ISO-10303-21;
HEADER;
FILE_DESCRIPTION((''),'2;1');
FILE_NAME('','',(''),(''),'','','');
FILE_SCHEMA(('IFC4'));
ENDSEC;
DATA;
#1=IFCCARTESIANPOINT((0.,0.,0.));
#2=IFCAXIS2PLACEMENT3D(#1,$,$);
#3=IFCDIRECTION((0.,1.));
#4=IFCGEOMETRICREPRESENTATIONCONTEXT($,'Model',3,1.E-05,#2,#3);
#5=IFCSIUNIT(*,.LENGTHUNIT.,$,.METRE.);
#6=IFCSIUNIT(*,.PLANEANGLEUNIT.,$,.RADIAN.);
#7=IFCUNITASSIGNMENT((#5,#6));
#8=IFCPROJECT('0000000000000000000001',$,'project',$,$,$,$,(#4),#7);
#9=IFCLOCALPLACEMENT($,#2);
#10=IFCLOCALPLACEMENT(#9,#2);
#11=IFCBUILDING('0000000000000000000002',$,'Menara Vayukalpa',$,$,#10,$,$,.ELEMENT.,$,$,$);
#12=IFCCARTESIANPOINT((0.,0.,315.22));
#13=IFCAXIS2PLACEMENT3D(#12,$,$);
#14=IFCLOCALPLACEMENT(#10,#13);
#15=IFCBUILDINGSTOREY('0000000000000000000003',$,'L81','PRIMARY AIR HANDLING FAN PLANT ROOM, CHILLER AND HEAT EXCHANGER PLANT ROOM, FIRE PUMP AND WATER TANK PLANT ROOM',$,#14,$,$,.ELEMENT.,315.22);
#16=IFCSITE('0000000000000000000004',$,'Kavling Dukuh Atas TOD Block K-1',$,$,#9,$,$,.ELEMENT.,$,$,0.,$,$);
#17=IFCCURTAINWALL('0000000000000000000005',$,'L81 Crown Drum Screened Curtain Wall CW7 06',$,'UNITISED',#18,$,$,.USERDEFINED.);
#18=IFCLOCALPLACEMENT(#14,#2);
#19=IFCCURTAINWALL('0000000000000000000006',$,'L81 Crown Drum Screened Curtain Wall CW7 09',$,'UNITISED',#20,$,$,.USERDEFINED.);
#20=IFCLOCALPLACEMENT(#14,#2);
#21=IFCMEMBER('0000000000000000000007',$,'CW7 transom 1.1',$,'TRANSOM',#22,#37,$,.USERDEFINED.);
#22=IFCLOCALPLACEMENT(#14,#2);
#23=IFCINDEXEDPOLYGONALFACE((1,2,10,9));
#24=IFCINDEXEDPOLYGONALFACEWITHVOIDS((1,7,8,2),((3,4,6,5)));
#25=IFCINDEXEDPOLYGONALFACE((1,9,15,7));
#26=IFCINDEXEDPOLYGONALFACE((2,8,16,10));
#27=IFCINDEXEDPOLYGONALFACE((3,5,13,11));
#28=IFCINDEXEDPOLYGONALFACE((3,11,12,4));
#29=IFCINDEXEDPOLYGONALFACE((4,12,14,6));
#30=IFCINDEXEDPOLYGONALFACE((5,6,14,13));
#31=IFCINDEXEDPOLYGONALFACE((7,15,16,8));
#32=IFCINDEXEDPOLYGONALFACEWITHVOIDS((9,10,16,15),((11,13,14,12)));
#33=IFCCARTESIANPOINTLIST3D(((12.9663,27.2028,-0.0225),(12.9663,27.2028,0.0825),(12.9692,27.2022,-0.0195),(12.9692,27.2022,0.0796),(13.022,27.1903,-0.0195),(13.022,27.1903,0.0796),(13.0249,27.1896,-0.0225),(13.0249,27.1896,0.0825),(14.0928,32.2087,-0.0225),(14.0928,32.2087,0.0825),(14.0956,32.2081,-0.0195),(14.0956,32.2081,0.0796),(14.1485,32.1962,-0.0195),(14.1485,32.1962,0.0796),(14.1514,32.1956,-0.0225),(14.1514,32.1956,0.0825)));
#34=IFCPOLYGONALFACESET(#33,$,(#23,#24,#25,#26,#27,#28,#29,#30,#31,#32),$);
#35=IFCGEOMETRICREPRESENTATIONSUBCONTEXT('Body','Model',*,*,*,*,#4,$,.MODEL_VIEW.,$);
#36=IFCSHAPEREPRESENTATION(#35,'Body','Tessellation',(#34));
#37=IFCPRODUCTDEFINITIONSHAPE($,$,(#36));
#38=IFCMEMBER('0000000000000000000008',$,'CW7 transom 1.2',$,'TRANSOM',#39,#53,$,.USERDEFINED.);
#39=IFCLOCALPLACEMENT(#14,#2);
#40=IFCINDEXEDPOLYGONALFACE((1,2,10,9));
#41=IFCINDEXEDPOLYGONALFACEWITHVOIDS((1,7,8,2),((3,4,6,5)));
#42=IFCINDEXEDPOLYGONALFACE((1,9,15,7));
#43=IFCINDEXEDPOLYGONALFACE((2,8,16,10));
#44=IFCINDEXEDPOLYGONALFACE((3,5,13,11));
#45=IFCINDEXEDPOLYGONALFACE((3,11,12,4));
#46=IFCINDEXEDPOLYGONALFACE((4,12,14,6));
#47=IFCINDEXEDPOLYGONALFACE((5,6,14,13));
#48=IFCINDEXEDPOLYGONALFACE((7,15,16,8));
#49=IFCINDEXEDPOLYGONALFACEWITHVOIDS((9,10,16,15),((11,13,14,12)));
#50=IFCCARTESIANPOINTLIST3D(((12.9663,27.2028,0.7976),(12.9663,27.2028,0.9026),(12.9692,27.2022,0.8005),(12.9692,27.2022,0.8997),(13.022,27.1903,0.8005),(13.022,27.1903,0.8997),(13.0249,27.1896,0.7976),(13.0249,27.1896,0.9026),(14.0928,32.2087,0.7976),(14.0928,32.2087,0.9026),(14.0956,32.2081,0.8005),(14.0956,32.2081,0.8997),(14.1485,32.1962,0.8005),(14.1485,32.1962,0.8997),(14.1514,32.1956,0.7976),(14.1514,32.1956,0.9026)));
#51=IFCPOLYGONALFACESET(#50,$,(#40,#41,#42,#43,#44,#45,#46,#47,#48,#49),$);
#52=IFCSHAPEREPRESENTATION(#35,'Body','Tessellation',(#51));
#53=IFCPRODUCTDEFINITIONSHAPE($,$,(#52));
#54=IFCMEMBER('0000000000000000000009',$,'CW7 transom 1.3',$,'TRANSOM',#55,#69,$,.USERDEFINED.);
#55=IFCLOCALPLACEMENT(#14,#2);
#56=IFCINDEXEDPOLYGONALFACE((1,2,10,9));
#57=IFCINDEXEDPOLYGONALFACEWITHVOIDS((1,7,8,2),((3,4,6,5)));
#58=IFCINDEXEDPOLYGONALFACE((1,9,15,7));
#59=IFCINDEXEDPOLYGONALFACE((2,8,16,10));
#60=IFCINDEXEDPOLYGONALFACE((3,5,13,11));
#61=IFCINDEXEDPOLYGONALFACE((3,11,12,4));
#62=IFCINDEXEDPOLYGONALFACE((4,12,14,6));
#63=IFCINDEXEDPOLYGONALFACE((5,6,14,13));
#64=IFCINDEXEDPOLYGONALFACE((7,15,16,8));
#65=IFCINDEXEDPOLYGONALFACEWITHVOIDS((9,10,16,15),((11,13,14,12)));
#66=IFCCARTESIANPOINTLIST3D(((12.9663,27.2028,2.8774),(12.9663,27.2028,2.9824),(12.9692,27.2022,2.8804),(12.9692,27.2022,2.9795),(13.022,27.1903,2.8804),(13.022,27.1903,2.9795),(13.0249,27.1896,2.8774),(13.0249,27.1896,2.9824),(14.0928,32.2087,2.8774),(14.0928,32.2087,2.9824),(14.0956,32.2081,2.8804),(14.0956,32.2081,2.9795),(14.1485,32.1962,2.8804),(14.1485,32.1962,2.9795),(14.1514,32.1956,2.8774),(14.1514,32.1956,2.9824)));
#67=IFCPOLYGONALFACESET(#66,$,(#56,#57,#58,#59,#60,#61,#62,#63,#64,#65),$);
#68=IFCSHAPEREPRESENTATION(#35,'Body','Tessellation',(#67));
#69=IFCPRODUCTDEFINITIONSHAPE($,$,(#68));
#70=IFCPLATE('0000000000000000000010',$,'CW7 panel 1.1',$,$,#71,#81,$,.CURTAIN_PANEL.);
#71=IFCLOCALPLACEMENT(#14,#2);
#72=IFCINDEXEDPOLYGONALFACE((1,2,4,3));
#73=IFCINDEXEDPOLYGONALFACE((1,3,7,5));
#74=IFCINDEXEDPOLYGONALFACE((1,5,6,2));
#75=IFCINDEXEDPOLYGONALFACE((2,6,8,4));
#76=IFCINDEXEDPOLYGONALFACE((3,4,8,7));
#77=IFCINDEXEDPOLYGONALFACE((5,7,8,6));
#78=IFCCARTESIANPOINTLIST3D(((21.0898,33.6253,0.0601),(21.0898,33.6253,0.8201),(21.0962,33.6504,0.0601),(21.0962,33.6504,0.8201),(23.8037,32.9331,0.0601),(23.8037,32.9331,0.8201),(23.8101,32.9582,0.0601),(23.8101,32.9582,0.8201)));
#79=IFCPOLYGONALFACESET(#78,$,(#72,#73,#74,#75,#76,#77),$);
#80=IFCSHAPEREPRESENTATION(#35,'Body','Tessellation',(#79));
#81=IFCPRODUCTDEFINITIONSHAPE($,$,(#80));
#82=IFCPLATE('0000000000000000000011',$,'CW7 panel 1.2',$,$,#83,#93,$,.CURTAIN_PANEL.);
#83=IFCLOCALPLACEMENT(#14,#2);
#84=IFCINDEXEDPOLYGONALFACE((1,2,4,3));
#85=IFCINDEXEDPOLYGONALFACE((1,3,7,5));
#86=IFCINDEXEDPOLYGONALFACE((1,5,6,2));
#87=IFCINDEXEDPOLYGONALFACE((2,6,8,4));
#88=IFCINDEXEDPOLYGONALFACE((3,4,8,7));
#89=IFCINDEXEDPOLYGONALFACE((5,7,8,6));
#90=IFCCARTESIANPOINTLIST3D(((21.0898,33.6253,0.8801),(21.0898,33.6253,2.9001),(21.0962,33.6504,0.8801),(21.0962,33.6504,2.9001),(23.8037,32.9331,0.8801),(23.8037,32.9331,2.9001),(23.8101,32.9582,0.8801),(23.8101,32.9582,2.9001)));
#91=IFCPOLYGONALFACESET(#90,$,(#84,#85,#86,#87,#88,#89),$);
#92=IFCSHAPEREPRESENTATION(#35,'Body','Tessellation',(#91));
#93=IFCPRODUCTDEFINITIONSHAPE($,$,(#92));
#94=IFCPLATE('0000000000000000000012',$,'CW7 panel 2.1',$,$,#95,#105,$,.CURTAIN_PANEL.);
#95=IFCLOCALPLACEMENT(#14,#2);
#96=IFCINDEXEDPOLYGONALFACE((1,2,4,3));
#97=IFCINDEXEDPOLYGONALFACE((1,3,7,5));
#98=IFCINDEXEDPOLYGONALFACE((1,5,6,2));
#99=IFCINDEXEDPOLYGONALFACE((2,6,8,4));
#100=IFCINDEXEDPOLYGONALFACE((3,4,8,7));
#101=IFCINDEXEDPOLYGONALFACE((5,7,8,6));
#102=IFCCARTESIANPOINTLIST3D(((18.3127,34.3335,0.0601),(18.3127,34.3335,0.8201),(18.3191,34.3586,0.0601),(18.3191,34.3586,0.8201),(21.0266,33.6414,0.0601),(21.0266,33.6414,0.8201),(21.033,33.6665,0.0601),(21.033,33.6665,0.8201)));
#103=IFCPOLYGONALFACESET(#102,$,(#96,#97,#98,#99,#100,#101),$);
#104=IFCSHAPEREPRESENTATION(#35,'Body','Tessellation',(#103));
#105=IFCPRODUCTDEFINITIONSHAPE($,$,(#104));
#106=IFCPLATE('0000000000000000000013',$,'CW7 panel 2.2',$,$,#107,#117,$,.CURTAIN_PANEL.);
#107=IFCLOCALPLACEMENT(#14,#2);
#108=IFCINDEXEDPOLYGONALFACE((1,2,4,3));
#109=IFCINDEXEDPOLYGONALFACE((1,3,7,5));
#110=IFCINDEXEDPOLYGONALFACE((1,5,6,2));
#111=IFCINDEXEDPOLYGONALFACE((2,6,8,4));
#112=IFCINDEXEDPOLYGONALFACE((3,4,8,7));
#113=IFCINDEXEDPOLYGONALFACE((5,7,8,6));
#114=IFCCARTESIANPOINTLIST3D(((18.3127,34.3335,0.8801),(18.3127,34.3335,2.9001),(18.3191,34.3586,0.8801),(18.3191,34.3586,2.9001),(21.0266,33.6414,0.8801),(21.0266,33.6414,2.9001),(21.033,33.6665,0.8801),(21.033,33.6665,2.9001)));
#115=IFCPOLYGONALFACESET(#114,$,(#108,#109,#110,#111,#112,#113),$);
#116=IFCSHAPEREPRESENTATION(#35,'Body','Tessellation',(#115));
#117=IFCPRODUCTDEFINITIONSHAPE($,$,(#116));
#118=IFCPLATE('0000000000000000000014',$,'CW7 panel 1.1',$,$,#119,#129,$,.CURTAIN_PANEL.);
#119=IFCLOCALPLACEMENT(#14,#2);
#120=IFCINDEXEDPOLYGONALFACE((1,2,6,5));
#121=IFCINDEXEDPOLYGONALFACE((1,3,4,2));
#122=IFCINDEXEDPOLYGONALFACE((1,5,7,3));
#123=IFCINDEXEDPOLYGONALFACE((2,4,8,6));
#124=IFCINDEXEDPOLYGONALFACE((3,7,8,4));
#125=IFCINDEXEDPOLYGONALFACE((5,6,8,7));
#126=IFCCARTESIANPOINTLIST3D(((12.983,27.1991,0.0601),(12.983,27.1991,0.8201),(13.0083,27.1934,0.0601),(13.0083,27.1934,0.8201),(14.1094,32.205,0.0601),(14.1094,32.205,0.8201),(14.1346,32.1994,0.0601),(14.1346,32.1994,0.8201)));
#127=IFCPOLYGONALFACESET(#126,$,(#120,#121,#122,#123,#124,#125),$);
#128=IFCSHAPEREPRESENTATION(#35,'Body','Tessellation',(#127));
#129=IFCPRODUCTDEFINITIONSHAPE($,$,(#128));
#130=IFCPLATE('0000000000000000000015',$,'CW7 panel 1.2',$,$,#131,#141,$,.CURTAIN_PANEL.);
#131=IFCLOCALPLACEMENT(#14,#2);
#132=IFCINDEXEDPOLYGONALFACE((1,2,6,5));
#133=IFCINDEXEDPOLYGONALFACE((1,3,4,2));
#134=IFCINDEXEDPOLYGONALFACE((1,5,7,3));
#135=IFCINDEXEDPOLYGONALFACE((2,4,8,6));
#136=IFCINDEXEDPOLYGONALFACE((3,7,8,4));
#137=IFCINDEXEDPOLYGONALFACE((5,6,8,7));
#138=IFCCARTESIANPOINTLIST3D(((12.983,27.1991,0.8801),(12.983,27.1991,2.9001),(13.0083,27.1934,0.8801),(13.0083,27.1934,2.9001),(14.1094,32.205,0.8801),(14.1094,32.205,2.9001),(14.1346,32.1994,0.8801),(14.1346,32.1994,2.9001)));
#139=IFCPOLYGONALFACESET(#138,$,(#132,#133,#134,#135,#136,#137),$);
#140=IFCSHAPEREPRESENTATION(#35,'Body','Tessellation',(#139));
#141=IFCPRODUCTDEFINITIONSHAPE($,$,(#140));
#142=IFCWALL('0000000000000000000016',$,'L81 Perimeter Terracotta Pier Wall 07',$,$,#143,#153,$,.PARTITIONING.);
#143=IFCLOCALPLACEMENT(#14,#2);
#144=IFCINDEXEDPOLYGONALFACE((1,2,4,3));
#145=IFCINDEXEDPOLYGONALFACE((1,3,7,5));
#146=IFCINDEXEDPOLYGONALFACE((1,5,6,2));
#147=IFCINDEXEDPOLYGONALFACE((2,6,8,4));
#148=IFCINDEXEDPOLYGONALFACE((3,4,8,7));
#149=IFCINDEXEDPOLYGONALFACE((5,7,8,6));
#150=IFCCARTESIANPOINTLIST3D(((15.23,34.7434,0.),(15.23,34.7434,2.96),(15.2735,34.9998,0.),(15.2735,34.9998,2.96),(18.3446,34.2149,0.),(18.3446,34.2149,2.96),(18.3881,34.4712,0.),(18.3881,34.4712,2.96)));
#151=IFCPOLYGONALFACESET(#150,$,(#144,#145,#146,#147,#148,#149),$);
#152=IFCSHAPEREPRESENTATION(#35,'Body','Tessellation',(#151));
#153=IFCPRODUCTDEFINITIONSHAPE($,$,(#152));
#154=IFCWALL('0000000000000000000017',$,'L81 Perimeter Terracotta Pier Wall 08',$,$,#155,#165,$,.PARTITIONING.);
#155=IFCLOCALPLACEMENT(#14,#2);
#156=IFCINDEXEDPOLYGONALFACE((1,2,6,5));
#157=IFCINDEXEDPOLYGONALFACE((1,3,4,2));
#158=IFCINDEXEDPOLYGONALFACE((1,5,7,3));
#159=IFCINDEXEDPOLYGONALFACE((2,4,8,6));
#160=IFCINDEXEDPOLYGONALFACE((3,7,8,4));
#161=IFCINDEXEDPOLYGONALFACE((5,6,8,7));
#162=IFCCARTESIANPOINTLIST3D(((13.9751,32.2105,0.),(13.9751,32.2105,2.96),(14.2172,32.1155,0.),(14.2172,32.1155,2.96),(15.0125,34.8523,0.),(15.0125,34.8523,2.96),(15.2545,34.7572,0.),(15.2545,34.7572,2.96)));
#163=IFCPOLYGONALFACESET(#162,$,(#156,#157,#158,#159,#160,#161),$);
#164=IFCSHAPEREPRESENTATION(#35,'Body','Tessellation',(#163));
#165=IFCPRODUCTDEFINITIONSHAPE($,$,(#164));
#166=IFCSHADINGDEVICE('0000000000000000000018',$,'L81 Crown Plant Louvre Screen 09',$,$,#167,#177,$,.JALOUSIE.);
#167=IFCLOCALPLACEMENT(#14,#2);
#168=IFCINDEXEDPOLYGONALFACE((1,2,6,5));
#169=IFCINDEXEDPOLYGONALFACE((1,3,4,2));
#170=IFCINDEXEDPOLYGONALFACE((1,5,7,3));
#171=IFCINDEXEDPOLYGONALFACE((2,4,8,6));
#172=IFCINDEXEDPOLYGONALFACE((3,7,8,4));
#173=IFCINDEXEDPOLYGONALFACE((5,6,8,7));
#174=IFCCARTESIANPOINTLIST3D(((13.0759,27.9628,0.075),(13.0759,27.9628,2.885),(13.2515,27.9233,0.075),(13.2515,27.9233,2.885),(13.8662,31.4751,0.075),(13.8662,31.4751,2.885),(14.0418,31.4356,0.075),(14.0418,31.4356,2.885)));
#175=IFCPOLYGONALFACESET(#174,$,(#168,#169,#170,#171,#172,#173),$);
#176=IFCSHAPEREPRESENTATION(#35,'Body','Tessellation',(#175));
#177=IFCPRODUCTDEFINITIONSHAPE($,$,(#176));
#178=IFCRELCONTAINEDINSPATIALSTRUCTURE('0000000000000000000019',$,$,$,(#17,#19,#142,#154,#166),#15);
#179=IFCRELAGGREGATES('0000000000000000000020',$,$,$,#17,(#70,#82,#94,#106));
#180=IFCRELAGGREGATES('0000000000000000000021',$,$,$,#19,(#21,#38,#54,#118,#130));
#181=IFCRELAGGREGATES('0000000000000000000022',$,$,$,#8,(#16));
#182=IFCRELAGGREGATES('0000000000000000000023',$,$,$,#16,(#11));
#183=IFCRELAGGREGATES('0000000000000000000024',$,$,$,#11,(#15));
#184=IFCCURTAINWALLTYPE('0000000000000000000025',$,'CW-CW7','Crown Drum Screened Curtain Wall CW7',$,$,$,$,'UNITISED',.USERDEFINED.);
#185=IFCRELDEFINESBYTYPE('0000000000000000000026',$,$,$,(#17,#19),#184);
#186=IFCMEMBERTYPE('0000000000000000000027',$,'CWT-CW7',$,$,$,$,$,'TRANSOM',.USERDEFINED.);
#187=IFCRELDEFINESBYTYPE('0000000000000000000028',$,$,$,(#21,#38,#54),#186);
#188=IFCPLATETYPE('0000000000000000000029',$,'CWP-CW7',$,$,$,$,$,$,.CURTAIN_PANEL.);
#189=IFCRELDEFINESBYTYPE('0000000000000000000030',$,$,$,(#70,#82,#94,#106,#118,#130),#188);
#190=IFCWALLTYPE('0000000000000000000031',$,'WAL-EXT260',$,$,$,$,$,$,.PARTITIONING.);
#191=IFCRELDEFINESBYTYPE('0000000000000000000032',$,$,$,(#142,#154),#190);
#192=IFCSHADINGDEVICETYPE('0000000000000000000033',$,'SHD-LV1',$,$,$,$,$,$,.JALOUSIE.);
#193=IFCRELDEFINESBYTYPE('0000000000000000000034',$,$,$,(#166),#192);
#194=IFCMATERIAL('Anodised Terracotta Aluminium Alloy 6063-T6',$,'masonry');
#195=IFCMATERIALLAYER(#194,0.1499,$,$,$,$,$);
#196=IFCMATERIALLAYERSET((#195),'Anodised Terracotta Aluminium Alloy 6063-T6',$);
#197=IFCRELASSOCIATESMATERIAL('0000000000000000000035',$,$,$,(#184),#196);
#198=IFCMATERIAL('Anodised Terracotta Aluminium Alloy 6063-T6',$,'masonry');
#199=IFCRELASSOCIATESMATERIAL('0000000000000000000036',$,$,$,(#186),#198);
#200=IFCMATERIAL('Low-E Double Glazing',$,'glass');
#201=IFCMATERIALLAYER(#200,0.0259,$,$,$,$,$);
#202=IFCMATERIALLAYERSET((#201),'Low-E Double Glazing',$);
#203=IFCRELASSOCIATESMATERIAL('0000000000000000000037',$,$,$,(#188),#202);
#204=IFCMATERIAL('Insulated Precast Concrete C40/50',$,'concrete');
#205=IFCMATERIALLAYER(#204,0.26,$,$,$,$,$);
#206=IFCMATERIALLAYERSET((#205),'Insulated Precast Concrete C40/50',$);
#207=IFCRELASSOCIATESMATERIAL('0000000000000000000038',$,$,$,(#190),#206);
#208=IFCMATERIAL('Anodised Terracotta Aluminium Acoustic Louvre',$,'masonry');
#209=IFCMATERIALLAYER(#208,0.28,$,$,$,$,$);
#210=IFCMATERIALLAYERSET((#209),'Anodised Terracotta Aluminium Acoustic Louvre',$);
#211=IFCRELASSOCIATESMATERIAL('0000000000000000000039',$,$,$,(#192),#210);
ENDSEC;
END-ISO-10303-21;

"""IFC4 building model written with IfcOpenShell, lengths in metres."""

from ifc_helpers import new_model, si_unit, direction, frame, frame_2d, origin, origin_2d, place, context, subcontext, project, spatial, rectangle, hollow_rectangle, extrude, material, layer, layer_set, material_profile, profile_set, type_object, element, aggregate, save


model = new_model("IFC4")

# Units and contexts
model_context = context("Model", 3, precision=1e-05, world=origin(), true_north=direction((0.0, 1.0)))
body_context = subcontext(model_context, "Body", "Model", "MODEL_VIEW")
ifc_project = project(units=[si_unit("LENGTHUNIT", "METRE"), si_unit("PLANEANGLEUNIT", "RADIAN")], contexts=[model_context])

# Site, building, storey
site_placement = place(None, origin())
site = spatial("IfcSite", under=ifc_project, at=site_placement, Name="Kavling Dukuh Atas TOD Block K-1", CompositionType="ELEMENT", RefElevation=0.0)
building_placement = place(site_placement, origin())
building = spatial("IfcBuilding", under=site, at=building_placement, Name="Menara Vayukalpa", CompositionType="ELEMENT")
storey_placement = place(building_placement, frame((0.0, 0.0, 315.22)))
storey = spatial("IfcBuildingStorey", under=building, at=storey_placement, Name="L81", Description="PRIMARY AIR HANDLING FAN PLANT ROOM, CHILLER AND HEAT EXCHANGER PLANT ROOM, FIRE PUMP AND WATER TANK PLANT ROOM", CompositionType="ELEMENT", Elevation=315.22)

# Curtain wall
ifc_material_1 = material(Name="Anodised Terracotta Aluminium Alloy 6063-T6", Category="masonry")
ifc_layer_1 = layer(ifc_material_1, 0.1499)
ifc_layer_set_1 = layer_set([ifc_layer_1], Name="Anodised Terracotta Aluminium Alloy 6063-T6")
curtain_wall_type = type_object("IfcCurtainWallType", Name="CW-CW7", Description="Crown Drum Screened Curtain Wall CW7", ElementType="UNITISED", PredefinedType="USERDEFINED", material=ifc_layer_set_1)
curtain_wall_1_placement = place(storey_placement, origin())
curtain_wall_1 = element("IfcCurtainWall", 1, at=curtain_wall_1_placement, inside=storey, type_object=curtain_wall_type, Name="L81 Crown Drum Screened Curtain Wall CW7 06", ObjectType="UNITISED", PredefinedType="USERDEFINED")

# Curtain wall
curtain_wall_2_placement = place(storey_placement, origin())
curtain_wall_2 = element("IfcCurtainWall", 2, at=curtain_wall_2_placement, inside=storey, type_object=curtain_wall_type, Name="L81 Crown Drum Screened Curtain Wall CW7 09", ObjectType="UNITISED", PredefinedType="USERDEFINED")

# Members
ifc_material_2 = material(Name="Anodised Terracotta Aluminium Alloy 6063-T6", Category="masonry")
ifc_material_profile_1 = material_profile(ifc_material_2, hollow_rectangle(XDim=0.0601, YDim=0.105, WallThickness=0.0029, at=origin_2d()), Name="ALU 60x105x3")
ifc_profile_set_1 = profile_set([ifc_material_profile_1], Name="Anodised Terracotta Aluminium Alloy 6063-T6")
member_type_1 = type_object("IfcMemberType", Name="CWT-CW7", ElementType="TRANSOM", PredefinedType="USERDEFINED", material=ifc_profile_set_1)
member_1_placement = place(storey_placement, frame((14.1221, 32.2021, 0.03), z_axis=(-0.219539, -0.975604, 0.0), x_axis=(0.975604, -0.219539, 0.0)))
member_1 = element("IfcMember", 3, at=member_1_placement, type_object=member_type_1, Name="CW7 transom 1.1", ObjectType="TRANSOM", PredefinedType="USERDEFINED", context=body_context, shape_type="SweptSolid", body=[
    extrude(hollow_rectangle(XDim=0.0601, YDim=0.105, WallThickness=0.0029, at=origin_2d()), origin(), (0.0, 0.0, 1.0), 5.1311),
])
member_2_placement = place(storey_placement, frame((14.1221, 32.2021, 0.8501), z_axis=(-0.219539, -0.975604, 0.0), x_axis=(0.975604, -0.219539, 0.0)))
member_2 = element("IfcMember", 4, at=member_2_placement, type_object=member_type_1, Name="CW7 transom 1.2", ObjectType="TRANSOM", PredefinedType="USERDEFINED", context=body_context, shape_type="SweptSolid", body=[
    extrude(hollow_rectangle(XDim=0.0601, YDim=0.105, WallThickness=0.0029, at=origin_2d()), origin(), (0.0, 0.0, 1.0), 5.1311),
])
member_3_placement = place(storey_placement, frame((14.1221, 32.2021, 2.9299), z_axis=(-0.219539, -0.975604, 0.0), x_axis=(0.975604, -0.219539, 0.0)))
member_3 = element("IfcMember", 5, at=member_3_placement, type_object=member_type_1, Name="CW7 transom 1.3", ObjectType="TRANSOM", PredefinedType="USERDEFINED", context=body_context, shape_type="SweptSolid", body=[
    extrude(hollow_rectangle(XDim=0.0601, YDim=0.105, WallThickness=0.0029, at=origin_2d()), origin(), (0.0, 0.0, 1.0), 5.1311),
])

# Plates
ifc_material_3 = material(Name="Low-E Double Glazing", Category="glass")
ifc_layer_2 = layer(ifc_material_3, 0.0259)
ifc_layer_set_2 = layer_set([ifc_layer_2], Name="Low-E Double Glazing")
plate_type = type_object("IfcPlateType", Name="CWP-CW7", PredefinedType="CURTAIN_PANEL", material=ifc_layer_set_2)
plate_1_placement = place(storey_placement, frame((22.45, 33.2917, 0.0601), z_axis=(0.0, 0.0, 1.0), x_axis=(-0.968984, 0.247124, 0.0)))
plate_1 = element("IfcPlate", 6, at=plate_1_placement, type_object=plate_type, Name="CW7 panel 1.1", PredefinedType="CURTAIN_PANEL", context=body_context, shape_type="SweptSolid", body=[
    extrude(rectangle(XDim=2.8008, YDim=0.0259, at=origin_2d()), origin(), (0.0, 0.0, 1.0), 0.76),
])
plate_2_placement = place(storey_placement, frame((22.45, 33.2917, 0.8801), z_axis=(0.0, 0.0, 1.0), x_axis=(-0.968984, 0.247124, 0.0)))
plate_2 = element("IfcPlate", 7, at=plate_2_placement, type_object=plate_type, Name="CW7 panel 1.2", PredefinedType="CURTAIN_PANEL", context=body_context, shape_type="SweptSolid", body=[
    extrude(rectangle(XDim=2.8008, YDim=0.0259, at=origin_2d()), origin(), (0.0, 0.0, 1.0), 2.02),
])
plate_3_placement = place(storey_placement, frame((19.6729, 34.0, 0.0601), z_axis=(0.0, 0.0, 1.0), x_axis=(-0.968984, 0.247124, 0.0)))
plate_3 = element("IfcPlate", 8, at=plate_3_placement, type_object=plate_type, Name="CW7 panel 2.1", PredefinedType="CURTAIN_PANEL", context=body_context, shape_type="SweptSolid", body=[
    extrude(rectangle(XDim=2.8008, YDim=0.0259, at=origin_2d()), origin(), (0.0, 0.0, 1.0), 0.76),
])
plate_4_placement = place(storey_placement, frame((19.6729, 34.0, 0.8801), z_axis=(0.0, 0.0, 1.0), x_axis=(-0.968984, 0.247124, 0.0)))
plate_4 = element("IfcPlate", 9, at=plate_4_placement, type_object=plate_type, Name="CW7 panel 2.2", PredefinedType="CURTAIN_PANEL", context=body_context, shape_type="SweptSolid", body=[
    extrude(rectangle(XDim=2.8008, YDim=0.0259, at=origin_2d()), origin(), (0.0, 0.0, 1.0), 2.02),
])
aggregate(curtain_wall_1, [plate_1, plate_2, plate_3, plate_4])
plate_5_placement = place(storey_placement, frame((13.5588, 29.6992, 0.0601), z_axis=(0.0, 0.0, 1.0), x_axis=(-0.219516, -0.975609, 0.0)))
plate_5 = element("IfcPlate", 10, at=plate_5_placement, type_object=plate_type, Name="CW7 panel 1.1", PredefinedType="CURTAIN_PANEL", context=body_context, shape_type="SweptSolid", body=[
    extrude(rectangle(XDim=5.1311, YDim=0.0259, at=origin_2d()), origin(), (0.0, 0.0, 1.0), 0.76),
])
plate_6_placement = place(storey_placement, frame((13.5588, 29.6992, 0.8801), z_axis=(0.0, 0.0, 1.0), x_axis=(-0.219516, -0.975609, 0.0)))
plate_6 = element("IfcPlate", 11, at=plate_6_placement, type_object=plate_type, Name="CW7 panel 1.2", PredefinedType="CURTAIN_PANEL", context=body_context, shape_type="SweptSolid", body=[
    extrude(rectangle(XDim=5.1311, YDim=0.0259, at=origin_2d()), origin(), (0.0, 0.0, 1.0), 2.02),
])
aggregate(curtain_wall_2, [member_1, member_2, member_3, plate_5, plate_6])

# Walls
ifc_material_4 = material(Name="Insulated Precast Concrete C40/50", Category="concrete")
ifc_layer_3 = layer(ifc_material_4, 0.26)
ifc_layer_set_3 = layer_set([ifc_layer_3], Name="Insulated Precast Concrete C40/50")
wall_type = type_object("IfcWallType", Name="WAL-EXT260", PredefinedType="PARTITIONING", material=ifc_layer_set_3)
wall_1_placement = place(storey_placement, frame((15.2517, 34.8716, 0.0), z_axis=(0.0, 0.0, 1.0), x_axis=(0.985905, -0.167306, 0.0)))
element("IfcWall", 12, at=wall_1_placement, inside=storey, type_object=wall_type, Name="L81 Perimeter Terracotta Pier Wall 07", PredefinedType="PARTITIONING", context=body_context, shape_type="SweptSolid", body=[
    extrude(rectangle(XDim=3.1592, YDim=0.26, at=frame_2d((1.5796, 0.0))), origin(), (0.0, 0.0, 1.0), 2.96),
])
wall_2_placement = place(storey_placement, frame((14.0962, 32.1631, 0.0), z_axis=(0.0, 0.0, 1.0), x_axis=(0.365495, 0.930813, 0.0)))
element("IfcWall", 13, at=wall_2_placement, inside=storey, type_object=wall_type, Name="L81 Perimeter Terracotta Pier Wall 08", PredefinedType="PARTITIONING", context=body_context, shape_type="SweptSolid", body=[
    extrude(rectangle(XDim=2.8381, YDim=0.26, at=frame_2d((1.4189, 0.0))), origin(), (0.0, 0.0, 1.0), 2.96),
])

# Shading device
ifc_material_5 = material(Name="Anodised Terracotta Aluminium Acoustic Louvre", Category="masonry")
ifc_layer_4 = layer(ifc_material_5, 0.28)
ifc_layer_set_4 = layer_set([ifc_layer_4], Name="Anodised Terracotta Aluminium Acoustic Louvre")
shading_device_type = type_object("IfcShadingDeviceType", Name="SHD-LV1", PredefinedType="JALOUSIE", material=ifc_layer_set_4)
shading_device_placement = place(storey_placement, frame((13.5588, 29.6992, 0.075), z_axis=(0.0, 0.0, 1.0), x_axis=(-0.219523, -0.975607, 0.0)))
element("IfcShadingDevice", 14, at=shading_device_placement, inside=storey, type_object=shading_device_type, Name="L81 Crown Plant Louvre Screen 09", PredefinedType="JALOUSIE", context=body_context, shape_type="SweptSolid", body=[
    extrude(rectangle(XDim=3.6001, YDim=0.1799, at=origin_2d()), origin(), (0.0, 0.0, 1.0), 2.8101),
])

save(model, "model.ifc")
